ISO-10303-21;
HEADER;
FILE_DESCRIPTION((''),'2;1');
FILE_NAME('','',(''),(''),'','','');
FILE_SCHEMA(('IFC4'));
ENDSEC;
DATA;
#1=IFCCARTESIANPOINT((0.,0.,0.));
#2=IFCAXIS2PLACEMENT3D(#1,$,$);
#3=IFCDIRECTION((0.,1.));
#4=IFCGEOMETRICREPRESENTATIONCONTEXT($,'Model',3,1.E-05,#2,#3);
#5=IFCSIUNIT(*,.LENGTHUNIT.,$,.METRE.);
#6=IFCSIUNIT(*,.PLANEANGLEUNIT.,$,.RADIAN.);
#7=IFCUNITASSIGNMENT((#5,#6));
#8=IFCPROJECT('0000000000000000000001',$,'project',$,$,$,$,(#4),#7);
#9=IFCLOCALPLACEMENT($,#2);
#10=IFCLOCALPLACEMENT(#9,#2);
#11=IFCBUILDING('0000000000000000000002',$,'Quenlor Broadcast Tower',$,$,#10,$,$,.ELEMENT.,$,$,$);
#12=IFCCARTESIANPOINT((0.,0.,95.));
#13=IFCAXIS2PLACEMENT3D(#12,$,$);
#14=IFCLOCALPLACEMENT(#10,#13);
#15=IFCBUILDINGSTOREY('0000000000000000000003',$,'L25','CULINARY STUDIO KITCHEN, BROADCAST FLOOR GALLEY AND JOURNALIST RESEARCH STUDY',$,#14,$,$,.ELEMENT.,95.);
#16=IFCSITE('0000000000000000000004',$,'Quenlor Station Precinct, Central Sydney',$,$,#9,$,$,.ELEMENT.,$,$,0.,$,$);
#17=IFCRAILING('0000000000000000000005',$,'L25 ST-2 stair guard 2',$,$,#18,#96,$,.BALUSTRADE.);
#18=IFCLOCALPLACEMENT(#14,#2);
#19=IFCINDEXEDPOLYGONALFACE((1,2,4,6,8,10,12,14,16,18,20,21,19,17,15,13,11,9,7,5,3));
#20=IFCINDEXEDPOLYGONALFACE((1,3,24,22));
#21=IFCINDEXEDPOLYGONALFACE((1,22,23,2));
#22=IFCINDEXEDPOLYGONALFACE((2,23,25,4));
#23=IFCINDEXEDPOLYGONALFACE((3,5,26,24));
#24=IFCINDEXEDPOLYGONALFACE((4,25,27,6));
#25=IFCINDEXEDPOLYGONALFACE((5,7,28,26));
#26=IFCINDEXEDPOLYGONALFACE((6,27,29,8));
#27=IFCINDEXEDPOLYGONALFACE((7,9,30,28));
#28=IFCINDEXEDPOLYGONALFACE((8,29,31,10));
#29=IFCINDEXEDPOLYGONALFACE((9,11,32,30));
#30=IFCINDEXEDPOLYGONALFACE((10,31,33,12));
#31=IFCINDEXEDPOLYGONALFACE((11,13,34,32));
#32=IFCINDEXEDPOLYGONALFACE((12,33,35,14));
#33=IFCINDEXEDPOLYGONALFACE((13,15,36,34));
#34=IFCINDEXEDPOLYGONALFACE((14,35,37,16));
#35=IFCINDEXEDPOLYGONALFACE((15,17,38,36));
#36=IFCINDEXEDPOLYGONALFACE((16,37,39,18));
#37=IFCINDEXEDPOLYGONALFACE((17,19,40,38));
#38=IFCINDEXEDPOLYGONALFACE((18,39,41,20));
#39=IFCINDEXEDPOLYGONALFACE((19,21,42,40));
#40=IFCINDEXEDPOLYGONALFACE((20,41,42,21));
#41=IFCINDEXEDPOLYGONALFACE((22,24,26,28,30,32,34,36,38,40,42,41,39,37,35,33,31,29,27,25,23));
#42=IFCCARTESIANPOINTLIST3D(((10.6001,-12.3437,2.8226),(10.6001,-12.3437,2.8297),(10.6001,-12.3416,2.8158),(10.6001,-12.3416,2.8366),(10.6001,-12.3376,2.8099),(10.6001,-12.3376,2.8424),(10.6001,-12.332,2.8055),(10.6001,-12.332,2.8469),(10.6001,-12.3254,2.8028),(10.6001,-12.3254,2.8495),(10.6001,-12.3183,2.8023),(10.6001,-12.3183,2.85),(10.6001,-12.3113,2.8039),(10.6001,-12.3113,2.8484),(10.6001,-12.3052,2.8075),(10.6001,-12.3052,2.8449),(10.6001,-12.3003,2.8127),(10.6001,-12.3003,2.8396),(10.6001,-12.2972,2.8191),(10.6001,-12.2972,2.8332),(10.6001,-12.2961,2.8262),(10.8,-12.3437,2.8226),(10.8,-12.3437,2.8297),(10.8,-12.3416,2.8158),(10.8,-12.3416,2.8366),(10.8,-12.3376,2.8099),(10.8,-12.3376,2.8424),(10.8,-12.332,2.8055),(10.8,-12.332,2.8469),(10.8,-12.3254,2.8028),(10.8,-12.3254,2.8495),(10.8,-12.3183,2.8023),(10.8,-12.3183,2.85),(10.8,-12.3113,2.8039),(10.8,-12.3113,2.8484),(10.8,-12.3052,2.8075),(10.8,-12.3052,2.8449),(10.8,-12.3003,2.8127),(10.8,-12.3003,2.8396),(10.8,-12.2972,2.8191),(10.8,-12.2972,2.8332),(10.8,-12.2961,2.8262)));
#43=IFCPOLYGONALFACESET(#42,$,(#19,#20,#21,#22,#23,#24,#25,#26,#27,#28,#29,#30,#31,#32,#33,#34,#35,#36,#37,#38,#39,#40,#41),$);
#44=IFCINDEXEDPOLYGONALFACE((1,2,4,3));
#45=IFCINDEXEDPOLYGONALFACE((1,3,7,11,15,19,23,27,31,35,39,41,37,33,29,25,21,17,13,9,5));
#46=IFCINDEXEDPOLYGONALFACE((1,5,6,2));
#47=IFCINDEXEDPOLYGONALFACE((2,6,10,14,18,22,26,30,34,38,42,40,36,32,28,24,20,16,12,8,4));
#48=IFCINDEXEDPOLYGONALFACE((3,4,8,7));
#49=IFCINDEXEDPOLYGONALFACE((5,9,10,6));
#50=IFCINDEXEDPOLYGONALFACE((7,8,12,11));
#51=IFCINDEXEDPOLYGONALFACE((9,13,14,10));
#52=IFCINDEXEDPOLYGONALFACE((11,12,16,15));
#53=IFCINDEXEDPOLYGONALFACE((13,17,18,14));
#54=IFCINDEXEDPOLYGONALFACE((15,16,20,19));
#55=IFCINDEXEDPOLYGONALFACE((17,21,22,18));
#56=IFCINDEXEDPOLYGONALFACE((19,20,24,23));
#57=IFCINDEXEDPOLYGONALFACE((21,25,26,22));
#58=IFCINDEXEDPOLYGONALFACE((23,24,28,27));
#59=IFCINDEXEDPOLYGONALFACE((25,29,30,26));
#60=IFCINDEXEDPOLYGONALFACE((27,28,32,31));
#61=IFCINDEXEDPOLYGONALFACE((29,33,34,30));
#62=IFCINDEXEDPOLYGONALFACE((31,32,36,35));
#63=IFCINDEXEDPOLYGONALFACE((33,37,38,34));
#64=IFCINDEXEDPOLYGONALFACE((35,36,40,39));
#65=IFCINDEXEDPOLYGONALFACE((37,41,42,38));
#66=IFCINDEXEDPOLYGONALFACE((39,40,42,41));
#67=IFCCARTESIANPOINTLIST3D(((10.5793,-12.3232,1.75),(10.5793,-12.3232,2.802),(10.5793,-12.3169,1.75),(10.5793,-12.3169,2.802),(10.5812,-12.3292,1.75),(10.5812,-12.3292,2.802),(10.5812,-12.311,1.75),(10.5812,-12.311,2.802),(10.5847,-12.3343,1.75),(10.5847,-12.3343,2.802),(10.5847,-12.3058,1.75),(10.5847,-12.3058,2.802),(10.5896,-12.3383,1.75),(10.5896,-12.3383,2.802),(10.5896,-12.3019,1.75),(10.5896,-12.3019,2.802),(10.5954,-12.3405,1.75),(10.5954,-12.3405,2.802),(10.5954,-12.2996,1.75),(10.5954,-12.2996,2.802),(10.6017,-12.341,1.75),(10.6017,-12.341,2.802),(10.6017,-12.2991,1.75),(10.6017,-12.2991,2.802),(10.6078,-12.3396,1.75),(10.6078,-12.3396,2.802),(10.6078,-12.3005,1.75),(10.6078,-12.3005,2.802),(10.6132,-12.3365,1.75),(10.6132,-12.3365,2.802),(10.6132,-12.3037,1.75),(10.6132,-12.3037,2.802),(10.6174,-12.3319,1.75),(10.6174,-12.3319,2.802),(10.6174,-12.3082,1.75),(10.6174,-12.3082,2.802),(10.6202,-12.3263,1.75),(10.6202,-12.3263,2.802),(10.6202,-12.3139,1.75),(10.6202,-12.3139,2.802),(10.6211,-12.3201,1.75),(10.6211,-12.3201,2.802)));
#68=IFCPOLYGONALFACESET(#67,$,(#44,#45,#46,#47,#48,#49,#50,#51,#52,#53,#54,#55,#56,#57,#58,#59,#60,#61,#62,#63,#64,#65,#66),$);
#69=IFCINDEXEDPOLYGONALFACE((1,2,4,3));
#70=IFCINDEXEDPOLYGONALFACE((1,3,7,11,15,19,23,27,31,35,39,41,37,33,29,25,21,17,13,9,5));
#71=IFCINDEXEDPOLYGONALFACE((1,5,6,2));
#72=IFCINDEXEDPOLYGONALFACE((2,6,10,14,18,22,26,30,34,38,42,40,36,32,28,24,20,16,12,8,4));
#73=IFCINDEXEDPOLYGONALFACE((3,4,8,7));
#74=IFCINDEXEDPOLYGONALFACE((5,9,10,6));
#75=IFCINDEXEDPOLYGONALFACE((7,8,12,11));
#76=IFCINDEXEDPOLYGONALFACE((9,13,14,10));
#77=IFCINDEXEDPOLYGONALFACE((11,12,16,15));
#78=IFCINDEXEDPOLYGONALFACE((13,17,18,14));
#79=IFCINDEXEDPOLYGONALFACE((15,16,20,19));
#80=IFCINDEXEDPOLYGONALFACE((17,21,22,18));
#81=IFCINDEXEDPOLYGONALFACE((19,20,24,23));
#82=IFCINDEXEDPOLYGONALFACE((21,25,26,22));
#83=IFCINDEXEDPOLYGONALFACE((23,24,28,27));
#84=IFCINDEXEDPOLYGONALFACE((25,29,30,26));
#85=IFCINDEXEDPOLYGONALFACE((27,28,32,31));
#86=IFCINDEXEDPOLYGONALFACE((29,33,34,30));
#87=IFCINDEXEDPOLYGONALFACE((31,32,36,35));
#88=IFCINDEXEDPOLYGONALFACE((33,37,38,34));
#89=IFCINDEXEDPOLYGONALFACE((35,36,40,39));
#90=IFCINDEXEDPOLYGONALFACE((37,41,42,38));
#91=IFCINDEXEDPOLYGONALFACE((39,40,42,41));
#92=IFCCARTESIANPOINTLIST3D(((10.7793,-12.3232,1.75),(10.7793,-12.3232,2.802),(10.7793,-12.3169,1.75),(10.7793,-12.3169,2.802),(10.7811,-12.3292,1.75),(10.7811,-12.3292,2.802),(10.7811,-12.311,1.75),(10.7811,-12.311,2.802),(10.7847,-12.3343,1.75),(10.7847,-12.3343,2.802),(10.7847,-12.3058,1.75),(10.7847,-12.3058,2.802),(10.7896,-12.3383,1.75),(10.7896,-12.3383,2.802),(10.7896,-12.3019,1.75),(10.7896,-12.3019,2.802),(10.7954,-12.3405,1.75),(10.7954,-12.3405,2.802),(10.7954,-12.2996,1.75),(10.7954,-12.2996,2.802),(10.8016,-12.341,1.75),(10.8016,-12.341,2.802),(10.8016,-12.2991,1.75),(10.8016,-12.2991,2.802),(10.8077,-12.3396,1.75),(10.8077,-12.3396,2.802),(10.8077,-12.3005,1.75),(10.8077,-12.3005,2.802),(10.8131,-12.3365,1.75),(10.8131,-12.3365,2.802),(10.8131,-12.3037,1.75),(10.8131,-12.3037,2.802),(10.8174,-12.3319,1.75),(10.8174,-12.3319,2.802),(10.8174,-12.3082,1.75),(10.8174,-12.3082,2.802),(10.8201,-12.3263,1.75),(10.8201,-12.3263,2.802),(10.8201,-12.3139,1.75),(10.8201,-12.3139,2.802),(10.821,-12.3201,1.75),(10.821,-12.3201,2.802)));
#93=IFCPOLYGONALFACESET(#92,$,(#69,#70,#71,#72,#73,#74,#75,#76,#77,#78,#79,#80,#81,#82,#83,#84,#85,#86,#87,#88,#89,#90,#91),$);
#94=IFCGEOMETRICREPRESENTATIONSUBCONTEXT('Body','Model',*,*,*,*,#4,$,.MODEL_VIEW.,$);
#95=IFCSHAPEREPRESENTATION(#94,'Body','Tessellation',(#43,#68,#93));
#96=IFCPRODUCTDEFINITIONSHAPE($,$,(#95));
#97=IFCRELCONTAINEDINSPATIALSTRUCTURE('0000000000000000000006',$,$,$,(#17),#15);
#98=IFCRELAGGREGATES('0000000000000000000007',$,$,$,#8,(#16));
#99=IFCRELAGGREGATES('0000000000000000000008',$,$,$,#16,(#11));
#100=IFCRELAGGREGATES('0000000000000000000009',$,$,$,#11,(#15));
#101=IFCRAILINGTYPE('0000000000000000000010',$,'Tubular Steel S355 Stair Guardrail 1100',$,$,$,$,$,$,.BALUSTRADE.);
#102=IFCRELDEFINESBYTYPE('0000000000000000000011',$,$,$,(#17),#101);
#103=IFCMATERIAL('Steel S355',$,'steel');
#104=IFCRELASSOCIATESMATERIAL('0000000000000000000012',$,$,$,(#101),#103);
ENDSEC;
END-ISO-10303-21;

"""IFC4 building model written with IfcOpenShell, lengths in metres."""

from ifc_helpers import new_model, si_unit, direction, frame, origin, origin_2d, place, context, subcontext, project, spatial, circle, extrude, material, type_object, element, save


model = new_model("IFC4")

# Units and contexts
model_context = context("Model", 3, precision=1e-05, world=origin(), true_north=direction((0.0, 1.0)))
body_context = subcontext(model_context, "Body", "Model", "MODEL_VIEW")
ifc_project = project(units=[si_unit("LENGTHUNIT", "METRE"), si_unit("PLANEANGLEUNIT", "RADIAN")], contexts=[model_context])

# Site, building, storey
site_placement = place(None, origin())
site = spatial("IfcSite", under=ifc_project, at=site_placement, Name="Quenlor Station Precinct, Central Sydney", CompositionType="ELEMENT", RefElevation=0.0)
building_placement = place(site_placement, origin())
building = spatial("IfcBuilding", under=site, at=building_placement, Name="Quenlor Broadcast Tower", CompositionType="ELEMENT")
storey_placement = place(building_placement, frame((0.0, 0.0, 95.0)))
storey = spatial("IfcBuildingStorey", under=building, at=storey_placement, Name="L25", Description="CULINARY STUDIO KITCHEN, BROADCAST FLOOR GALLEY AND JOURNALIST RESEARCH STUDY", CompositionType="ELEMENT", Elevation=95.0)

# Railing
ifc_material_1 = material(Name="Steel S355", Category="steel")
railing_type_1 = type_object("IfcRailingType", Name="Tubular Steel S355 Stair Guardrail 1100", PredefinedType="BALUSTRADE", material=ifc_material_1)
railing_1_placement = place(storey_placement, frame((10.6001, -12.3201, 1.75)))
element("IfcRailing", 1, at=railing_1_placement, inside=storey, type_object=railing_type_1, Name="L25 ST-2 stair guard 2", PredefinedType="BALUSTRADE", context=body_context, shape_type="SweptSolid", body=[
    extrude(circle(Radius=0.0239, at=origin_2d()), frame((0.0, 0.0, 1.0762), z_axis=(1.0, 0.0, 0.0), x_axis=(0.0, 1.0, 0.0)), (0.0, 0.0, 1.0), 0.2),
    extrude(circle(Radius=0.021, at=origin_2d()), origin(), (0.0, 0.0, 1.0), 1.052),
    extrude(circle(Radius=0.021, at=origin_2d()), frame((0.2, 0.0, 0.0)), (0.0, 0.0, 1.0), 1.052),
])

save(model, "model.ifc")
